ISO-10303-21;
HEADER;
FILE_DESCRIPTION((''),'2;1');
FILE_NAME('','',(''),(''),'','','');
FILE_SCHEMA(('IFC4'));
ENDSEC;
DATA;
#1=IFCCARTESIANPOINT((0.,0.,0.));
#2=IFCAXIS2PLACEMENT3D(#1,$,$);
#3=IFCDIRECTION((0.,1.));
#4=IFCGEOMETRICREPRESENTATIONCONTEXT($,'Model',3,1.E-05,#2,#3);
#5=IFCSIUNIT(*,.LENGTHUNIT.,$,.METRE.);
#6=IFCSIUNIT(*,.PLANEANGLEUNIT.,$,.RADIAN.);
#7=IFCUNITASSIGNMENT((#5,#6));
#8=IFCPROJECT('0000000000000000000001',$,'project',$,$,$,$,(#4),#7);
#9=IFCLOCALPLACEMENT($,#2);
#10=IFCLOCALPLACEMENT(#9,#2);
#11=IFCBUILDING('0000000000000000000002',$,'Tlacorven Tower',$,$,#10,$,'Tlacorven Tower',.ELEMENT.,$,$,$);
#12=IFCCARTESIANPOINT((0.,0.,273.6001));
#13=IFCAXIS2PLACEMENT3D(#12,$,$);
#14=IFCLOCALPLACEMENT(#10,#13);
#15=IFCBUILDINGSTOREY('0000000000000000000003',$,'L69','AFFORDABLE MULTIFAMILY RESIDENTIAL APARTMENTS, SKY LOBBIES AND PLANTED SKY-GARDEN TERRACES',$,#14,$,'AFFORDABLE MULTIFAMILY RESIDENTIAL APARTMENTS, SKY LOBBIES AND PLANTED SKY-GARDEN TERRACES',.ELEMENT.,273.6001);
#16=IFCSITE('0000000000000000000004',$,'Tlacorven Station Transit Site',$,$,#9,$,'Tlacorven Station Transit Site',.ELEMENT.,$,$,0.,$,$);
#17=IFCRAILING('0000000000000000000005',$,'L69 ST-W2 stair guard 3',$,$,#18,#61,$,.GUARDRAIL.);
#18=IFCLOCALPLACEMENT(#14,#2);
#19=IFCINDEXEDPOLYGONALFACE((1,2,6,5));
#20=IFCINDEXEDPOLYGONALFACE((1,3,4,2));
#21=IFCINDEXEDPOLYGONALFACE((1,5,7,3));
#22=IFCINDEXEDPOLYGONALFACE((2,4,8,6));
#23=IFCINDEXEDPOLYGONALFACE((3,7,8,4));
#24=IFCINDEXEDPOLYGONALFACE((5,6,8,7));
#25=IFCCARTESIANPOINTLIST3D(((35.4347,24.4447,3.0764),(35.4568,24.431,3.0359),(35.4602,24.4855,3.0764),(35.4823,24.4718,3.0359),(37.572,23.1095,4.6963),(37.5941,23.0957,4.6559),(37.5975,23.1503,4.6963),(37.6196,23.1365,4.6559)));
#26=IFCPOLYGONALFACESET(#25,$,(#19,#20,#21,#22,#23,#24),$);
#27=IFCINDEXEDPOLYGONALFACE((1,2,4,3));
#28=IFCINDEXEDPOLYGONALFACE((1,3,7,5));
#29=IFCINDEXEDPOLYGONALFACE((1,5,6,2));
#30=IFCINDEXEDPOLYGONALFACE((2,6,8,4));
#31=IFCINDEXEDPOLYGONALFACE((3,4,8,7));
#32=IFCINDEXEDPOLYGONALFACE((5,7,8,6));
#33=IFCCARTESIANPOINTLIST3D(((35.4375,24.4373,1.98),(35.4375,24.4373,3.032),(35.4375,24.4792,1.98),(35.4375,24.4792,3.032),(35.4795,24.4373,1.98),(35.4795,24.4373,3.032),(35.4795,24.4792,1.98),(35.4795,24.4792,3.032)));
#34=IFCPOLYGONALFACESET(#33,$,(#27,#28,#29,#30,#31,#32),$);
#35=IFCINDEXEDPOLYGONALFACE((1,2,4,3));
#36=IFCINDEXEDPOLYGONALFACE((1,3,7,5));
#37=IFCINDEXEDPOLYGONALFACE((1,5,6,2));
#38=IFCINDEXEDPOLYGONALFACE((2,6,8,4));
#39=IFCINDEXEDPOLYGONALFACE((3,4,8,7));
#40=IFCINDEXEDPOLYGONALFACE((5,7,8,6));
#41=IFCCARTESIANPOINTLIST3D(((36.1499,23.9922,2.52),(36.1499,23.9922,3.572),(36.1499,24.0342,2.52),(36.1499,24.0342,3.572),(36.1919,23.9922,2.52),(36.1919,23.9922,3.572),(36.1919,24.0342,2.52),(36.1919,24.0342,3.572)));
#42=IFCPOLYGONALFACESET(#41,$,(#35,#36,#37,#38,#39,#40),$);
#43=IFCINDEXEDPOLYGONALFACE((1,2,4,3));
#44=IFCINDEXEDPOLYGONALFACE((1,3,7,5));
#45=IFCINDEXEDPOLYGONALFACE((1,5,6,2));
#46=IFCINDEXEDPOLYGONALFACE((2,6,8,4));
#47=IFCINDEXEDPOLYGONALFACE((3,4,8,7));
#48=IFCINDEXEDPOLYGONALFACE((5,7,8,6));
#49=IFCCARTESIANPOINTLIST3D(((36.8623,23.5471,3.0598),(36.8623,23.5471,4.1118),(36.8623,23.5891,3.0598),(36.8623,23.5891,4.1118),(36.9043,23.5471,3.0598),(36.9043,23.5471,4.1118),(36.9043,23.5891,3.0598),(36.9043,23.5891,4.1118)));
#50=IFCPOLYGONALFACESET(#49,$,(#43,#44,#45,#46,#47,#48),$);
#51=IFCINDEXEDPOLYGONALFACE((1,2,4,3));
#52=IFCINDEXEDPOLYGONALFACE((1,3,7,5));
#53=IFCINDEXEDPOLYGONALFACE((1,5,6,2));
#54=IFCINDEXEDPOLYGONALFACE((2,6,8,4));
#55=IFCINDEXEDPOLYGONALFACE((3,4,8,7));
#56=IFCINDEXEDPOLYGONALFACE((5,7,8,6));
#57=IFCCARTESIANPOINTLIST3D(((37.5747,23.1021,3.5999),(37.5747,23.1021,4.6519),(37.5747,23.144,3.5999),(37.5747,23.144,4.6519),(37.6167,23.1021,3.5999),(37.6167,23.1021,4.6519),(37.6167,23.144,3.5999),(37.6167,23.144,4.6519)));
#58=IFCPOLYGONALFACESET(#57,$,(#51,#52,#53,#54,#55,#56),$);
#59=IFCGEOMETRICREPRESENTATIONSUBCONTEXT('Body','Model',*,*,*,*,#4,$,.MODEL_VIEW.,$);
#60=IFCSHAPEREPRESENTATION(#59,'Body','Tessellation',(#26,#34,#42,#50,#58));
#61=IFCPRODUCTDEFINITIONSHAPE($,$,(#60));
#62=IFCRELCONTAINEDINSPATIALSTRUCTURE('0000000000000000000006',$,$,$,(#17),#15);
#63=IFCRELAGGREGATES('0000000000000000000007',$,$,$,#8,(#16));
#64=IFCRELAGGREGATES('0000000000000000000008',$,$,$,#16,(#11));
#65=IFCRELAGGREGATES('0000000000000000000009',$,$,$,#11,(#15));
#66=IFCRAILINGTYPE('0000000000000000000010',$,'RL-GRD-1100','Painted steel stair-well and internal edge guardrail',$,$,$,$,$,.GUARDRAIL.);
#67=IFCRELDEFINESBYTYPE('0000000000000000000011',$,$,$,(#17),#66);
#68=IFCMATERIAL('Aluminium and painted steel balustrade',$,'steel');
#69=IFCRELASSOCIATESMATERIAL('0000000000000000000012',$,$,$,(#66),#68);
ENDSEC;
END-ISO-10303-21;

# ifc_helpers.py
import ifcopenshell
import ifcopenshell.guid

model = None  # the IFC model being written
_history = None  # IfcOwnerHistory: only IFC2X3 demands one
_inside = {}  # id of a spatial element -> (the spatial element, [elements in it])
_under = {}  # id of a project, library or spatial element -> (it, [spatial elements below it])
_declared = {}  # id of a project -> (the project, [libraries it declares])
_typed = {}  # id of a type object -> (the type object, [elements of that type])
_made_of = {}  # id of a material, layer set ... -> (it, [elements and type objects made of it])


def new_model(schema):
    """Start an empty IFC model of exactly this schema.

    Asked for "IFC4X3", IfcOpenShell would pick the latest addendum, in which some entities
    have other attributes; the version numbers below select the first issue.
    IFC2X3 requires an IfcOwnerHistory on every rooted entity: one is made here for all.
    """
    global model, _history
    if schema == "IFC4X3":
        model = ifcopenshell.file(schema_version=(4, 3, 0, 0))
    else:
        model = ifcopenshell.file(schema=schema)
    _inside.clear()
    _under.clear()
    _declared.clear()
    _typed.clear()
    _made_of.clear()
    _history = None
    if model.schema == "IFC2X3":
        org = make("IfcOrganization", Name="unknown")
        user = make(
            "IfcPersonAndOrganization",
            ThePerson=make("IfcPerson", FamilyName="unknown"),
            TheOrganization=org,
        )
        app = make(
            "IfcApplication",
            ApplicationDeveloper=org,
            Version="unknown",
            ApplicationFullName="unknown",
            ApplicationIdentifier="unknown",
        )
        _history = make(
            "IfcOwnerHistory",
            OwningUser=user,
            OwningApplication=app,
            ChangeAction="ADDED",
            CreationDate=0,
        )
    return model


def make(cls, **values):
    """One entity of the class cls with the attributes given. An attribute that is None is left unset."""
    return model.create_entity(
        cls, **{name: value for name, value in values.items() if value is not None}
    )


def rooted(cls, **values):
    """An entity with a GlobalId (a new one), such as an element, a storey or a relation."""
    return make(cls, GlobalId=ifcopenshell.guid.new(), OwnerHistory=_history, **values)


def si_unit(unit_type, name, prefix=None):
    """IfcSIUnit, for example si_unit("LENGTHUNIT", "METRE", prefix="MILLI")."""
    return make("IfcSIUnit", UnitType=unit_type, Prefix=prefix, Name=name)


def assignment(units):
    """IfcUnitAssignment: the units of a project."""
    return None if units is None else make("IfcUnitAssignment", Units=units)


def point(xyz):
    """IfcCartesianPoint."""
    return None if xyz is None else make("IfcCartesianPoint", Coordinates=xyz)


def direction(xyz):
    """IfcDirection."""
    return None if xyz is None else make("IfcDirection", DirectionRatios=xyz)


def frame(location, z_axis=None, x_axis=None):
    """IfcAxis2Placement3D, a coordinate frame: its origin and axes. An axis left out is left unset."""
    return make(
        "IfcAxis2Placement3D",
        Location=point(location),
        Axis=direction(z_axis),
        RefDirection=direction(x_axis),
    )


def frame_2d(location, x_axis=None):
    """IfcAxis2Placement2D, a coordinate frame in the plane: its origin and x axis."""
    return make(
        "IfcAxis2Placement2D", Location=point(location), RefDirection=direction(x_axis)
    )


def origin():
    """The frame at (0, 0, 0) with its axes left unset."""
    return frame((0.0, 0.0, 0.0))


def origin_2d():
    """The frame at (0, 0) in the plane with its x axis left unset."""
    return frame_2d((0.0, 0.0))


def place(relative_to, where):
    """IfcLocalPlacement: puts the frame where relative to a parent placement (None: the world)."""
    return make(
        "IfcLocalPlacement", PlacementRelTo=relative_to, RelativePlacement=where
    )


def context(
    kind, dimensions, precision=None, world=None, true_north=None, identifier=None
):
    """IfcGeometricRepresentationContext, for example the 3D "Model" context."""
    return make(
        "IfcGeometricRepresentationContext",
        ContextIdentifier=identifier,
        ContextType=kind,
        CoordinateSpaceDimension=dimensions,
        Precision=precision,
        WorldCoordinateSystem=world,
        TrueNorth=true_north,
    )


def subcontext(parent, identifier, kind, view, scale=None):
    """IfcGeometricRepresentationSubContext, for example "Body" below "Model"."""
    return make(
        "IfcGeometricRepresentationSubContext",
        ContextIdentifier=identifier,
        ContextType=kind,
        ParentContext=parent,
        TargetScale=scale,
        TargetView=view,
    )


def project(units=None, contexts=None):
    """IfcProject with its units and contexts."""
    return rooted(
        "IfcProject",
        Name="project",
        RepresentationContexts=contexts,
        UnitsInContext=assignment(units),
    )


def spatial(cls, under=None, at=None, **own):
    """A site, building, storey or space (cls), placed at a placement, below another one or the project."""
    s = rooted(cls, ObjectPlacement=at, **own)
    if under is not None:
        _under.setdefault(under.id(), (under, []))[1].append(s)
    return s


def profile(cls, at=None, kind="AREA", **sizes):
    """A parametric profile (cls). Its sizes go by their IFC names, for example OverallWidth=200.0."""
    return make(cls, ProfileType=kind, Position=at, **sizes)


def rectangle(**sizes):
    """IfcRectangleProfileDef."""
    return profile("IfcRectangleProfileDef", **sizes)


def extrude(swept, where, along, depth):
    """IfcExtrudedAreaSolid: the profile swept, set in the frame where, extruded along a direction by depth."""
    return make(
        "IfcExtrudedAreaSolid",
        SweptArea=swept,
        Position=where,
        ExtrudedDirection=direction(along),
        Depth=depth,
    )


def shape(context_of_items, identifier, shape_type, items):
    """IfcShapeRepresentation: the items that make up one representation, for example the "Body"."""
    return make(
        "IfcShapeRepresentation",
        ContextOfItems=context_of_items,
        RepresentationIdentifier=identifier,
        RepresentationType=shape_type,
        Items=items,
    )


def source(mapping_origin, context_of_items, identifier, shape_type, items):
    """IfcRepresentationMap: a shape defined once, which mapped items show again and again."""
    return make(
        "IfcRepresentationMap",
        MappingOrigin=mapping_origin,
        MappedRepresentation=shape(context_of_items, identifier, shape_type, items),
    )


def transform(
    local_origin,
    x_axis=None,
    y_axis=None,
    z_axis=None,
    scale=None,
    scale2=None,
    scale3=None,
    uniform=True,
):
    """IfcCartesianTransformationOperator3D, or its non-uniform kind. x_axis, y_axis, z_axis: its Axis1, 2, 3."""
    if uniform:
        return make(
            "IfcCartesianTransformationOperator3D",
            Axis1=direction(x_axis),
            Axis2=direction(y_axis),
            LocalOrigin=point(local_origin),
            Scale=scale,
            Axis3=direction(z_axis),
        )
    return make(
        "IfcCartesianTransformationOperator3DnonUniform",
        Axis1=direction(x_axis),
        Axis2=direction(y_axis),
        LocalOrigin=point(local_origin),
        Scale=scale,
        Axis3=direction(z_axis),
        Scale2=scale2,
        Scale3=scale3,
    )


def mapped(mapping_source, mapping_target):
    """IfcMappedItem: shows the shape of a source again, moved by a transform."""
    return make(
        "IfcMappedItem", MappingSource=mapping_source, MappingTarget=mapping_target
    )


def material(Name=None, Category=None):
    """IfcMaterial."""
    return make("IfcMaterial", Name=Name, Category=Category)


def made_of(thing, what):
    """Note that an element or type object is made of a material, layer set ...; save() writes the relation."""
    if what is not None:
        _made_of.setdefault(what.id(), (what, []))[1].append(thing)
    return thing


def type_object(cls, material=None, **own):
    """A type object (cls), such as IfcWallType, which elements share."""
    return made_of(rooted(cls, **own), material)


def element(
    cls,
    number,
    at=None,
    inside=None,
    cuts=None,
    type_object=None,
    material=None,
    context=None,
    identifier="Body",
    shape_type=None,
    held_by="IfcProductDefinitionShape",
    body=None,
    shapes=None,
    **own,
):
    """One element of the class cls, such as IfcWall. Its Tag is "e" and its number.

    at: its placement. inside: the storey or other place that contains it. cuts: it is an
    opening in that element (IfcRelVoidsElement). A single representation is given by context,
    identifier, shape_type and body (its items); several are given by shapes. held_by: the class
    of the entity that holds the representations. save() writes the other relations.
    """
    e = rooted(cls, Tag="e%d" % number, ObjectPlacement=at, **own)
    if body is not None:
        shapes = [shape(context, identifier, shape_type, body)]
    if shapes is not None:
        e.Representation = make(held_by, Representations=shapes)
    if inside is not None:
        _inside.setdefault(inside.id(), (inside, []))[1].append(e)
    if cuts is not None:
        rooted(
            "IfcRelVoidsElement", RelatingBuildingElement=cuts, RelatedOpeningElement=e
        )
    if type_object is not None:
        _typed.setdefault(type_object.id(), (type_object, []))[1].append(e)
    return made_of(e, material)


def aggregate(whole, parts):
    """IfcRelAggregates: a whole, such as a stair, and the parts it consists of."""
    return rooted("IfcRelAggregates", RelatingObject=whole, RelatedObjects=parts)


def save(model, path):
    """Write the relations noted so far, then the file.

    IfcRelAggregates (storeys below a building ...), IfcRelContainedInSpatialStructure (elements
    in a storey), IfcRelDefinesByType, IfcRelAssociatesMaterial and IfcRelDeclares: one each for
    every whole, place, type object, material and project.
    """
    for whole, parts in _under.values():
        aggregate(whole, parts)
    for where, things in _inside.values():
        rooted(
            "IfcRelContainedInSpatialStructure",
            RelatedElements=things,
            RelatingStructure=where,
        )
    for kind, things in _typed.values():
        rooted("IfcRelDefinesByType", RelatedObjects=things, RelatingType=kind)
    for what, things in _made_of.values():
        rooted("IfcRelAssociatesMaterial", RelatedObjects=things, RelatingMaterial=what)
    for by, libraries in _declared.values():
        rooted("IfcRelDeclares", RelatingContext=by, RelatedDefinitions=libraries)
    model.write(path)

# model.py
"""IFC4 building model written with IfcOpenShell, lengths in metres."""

from ifc_helpers import new_model, si_unit, direction, frame, origin, origin_2d, place, context, subcontext, project, spatial, rectangle, extrude, source, transform, mapped, material, type_object, element, save


model = new_model("IFC4")

# Units and contexts
model_context = context("Model", 3, precision=1e-05, world=origin(), true_north=direction((0.0, 1.0)))
body_context = subcontext(model_context, "Body", "Model", "MODEL_VIEW")
ifc_project = project(units=[si_unit("LENGTHUNIT", "METRE"), si_unit("PLANEANGLEUNIT", "RADIAN")], contexts=[model_context])

# Site, building, storey
site_placement = place(None, origin())
site = spatial("IfcSite", under=ifc_project, at=site_placement, Name="Tlacorven Station Transit Site", LongName="Tlacorven Station Transit Site", CompositionType="ELEMENT", RefElevation=0.0)
building_placement = place(site_placement, origin())
building = spatial("IfcBuilding", under=site, at=building_placement, Name="Tlacorven Tower", LongName="Tlacorven Tower", CompositionType="ELEMENT")
storey_placement = place(building_placement, frame((0.0, 0.0, 273.6001)))
storey = spatial("IfcBuildingStorey", under=building, at=storey_placement, Name="L69", Description="AFFORDABLE MULTIFAMILY RESIDENTIAL APARTMENTS, SKY LOBBIES AND PLANTED SKY-GARDEN TERRACES", LongName="AFFORDABLE MULTIFAMILY RESIDENTIAL APARTMENTS, SKY LOBBIES AND PLANTED SKY-GARDEN TERRACES", CompositionType="ELEMENT", Elevation=273.6001)

# Railing
ifc_material_1 = material(Name="Aluminium and painted steel balustrade", Category="steel")
railing_type_1 = type_object("IfcRailingType", Name="RL-GRD-1100", Description="Painted steel stair-well and internal edge guardrail", PredefinedType="GUARDRAIL", material=ifc_material_1)
shared_shape_1 = source(origin(), body_context, "Body", "SweptSolid", [
    extrude(rectangle(XDim=0.0481, YDim=0.0481, at=origin_2d()), frame((0.0, 0.0, 1.0762), z_axis=(0.713417, -0.445702, 0.540727), x_axis=(0.529842, 0.848096, 0.0)), (0.0, 0.0, 1.0), 2.9958),
    extrude(rectangle(XDim=0.042, YDim=0.042, at=origin_2d()), origin(), (0.0, 0.0, 1.0), 1.052),
    extrude(rectangle(XDim=0.042, YDim=0.042, at=origin_2d()), frame((0.7124, -0.4451, 0.54)), (0.0, 0.0, 1.0), 1.052),
    extrude(rectangle(XDim=0.042, YDim=0.042, at=origin_2d()), frame((1.4248, -0.8901, 1.0798)), (0.0, 0.0, 1.0), 1.052),
    extrude(rectangle(XDim=0.042, YDim=0.042, at=origin_2d()), frame((2.1372, -1.3352, 1.6199)), (0.0, 0.0, 1.0), 1.052),
])
railing_1_placement = place(storey_placement, frame((35.4585, 24.4583, 1.98)))
element("IfcRailing", 1, at=railing_1_placement, inside=storey, type_object=railing_type_1, Name="L69 ST-W2 stair guard 3", PredefinedType="GUARDRAIL", context=body_context, shape_type="MappedRepresentation", body=[
    mapped(shared_shape_1, transform((0.0, 0.0, 0.0), scale=1.0)),
])

save(model, "model.ifc")
